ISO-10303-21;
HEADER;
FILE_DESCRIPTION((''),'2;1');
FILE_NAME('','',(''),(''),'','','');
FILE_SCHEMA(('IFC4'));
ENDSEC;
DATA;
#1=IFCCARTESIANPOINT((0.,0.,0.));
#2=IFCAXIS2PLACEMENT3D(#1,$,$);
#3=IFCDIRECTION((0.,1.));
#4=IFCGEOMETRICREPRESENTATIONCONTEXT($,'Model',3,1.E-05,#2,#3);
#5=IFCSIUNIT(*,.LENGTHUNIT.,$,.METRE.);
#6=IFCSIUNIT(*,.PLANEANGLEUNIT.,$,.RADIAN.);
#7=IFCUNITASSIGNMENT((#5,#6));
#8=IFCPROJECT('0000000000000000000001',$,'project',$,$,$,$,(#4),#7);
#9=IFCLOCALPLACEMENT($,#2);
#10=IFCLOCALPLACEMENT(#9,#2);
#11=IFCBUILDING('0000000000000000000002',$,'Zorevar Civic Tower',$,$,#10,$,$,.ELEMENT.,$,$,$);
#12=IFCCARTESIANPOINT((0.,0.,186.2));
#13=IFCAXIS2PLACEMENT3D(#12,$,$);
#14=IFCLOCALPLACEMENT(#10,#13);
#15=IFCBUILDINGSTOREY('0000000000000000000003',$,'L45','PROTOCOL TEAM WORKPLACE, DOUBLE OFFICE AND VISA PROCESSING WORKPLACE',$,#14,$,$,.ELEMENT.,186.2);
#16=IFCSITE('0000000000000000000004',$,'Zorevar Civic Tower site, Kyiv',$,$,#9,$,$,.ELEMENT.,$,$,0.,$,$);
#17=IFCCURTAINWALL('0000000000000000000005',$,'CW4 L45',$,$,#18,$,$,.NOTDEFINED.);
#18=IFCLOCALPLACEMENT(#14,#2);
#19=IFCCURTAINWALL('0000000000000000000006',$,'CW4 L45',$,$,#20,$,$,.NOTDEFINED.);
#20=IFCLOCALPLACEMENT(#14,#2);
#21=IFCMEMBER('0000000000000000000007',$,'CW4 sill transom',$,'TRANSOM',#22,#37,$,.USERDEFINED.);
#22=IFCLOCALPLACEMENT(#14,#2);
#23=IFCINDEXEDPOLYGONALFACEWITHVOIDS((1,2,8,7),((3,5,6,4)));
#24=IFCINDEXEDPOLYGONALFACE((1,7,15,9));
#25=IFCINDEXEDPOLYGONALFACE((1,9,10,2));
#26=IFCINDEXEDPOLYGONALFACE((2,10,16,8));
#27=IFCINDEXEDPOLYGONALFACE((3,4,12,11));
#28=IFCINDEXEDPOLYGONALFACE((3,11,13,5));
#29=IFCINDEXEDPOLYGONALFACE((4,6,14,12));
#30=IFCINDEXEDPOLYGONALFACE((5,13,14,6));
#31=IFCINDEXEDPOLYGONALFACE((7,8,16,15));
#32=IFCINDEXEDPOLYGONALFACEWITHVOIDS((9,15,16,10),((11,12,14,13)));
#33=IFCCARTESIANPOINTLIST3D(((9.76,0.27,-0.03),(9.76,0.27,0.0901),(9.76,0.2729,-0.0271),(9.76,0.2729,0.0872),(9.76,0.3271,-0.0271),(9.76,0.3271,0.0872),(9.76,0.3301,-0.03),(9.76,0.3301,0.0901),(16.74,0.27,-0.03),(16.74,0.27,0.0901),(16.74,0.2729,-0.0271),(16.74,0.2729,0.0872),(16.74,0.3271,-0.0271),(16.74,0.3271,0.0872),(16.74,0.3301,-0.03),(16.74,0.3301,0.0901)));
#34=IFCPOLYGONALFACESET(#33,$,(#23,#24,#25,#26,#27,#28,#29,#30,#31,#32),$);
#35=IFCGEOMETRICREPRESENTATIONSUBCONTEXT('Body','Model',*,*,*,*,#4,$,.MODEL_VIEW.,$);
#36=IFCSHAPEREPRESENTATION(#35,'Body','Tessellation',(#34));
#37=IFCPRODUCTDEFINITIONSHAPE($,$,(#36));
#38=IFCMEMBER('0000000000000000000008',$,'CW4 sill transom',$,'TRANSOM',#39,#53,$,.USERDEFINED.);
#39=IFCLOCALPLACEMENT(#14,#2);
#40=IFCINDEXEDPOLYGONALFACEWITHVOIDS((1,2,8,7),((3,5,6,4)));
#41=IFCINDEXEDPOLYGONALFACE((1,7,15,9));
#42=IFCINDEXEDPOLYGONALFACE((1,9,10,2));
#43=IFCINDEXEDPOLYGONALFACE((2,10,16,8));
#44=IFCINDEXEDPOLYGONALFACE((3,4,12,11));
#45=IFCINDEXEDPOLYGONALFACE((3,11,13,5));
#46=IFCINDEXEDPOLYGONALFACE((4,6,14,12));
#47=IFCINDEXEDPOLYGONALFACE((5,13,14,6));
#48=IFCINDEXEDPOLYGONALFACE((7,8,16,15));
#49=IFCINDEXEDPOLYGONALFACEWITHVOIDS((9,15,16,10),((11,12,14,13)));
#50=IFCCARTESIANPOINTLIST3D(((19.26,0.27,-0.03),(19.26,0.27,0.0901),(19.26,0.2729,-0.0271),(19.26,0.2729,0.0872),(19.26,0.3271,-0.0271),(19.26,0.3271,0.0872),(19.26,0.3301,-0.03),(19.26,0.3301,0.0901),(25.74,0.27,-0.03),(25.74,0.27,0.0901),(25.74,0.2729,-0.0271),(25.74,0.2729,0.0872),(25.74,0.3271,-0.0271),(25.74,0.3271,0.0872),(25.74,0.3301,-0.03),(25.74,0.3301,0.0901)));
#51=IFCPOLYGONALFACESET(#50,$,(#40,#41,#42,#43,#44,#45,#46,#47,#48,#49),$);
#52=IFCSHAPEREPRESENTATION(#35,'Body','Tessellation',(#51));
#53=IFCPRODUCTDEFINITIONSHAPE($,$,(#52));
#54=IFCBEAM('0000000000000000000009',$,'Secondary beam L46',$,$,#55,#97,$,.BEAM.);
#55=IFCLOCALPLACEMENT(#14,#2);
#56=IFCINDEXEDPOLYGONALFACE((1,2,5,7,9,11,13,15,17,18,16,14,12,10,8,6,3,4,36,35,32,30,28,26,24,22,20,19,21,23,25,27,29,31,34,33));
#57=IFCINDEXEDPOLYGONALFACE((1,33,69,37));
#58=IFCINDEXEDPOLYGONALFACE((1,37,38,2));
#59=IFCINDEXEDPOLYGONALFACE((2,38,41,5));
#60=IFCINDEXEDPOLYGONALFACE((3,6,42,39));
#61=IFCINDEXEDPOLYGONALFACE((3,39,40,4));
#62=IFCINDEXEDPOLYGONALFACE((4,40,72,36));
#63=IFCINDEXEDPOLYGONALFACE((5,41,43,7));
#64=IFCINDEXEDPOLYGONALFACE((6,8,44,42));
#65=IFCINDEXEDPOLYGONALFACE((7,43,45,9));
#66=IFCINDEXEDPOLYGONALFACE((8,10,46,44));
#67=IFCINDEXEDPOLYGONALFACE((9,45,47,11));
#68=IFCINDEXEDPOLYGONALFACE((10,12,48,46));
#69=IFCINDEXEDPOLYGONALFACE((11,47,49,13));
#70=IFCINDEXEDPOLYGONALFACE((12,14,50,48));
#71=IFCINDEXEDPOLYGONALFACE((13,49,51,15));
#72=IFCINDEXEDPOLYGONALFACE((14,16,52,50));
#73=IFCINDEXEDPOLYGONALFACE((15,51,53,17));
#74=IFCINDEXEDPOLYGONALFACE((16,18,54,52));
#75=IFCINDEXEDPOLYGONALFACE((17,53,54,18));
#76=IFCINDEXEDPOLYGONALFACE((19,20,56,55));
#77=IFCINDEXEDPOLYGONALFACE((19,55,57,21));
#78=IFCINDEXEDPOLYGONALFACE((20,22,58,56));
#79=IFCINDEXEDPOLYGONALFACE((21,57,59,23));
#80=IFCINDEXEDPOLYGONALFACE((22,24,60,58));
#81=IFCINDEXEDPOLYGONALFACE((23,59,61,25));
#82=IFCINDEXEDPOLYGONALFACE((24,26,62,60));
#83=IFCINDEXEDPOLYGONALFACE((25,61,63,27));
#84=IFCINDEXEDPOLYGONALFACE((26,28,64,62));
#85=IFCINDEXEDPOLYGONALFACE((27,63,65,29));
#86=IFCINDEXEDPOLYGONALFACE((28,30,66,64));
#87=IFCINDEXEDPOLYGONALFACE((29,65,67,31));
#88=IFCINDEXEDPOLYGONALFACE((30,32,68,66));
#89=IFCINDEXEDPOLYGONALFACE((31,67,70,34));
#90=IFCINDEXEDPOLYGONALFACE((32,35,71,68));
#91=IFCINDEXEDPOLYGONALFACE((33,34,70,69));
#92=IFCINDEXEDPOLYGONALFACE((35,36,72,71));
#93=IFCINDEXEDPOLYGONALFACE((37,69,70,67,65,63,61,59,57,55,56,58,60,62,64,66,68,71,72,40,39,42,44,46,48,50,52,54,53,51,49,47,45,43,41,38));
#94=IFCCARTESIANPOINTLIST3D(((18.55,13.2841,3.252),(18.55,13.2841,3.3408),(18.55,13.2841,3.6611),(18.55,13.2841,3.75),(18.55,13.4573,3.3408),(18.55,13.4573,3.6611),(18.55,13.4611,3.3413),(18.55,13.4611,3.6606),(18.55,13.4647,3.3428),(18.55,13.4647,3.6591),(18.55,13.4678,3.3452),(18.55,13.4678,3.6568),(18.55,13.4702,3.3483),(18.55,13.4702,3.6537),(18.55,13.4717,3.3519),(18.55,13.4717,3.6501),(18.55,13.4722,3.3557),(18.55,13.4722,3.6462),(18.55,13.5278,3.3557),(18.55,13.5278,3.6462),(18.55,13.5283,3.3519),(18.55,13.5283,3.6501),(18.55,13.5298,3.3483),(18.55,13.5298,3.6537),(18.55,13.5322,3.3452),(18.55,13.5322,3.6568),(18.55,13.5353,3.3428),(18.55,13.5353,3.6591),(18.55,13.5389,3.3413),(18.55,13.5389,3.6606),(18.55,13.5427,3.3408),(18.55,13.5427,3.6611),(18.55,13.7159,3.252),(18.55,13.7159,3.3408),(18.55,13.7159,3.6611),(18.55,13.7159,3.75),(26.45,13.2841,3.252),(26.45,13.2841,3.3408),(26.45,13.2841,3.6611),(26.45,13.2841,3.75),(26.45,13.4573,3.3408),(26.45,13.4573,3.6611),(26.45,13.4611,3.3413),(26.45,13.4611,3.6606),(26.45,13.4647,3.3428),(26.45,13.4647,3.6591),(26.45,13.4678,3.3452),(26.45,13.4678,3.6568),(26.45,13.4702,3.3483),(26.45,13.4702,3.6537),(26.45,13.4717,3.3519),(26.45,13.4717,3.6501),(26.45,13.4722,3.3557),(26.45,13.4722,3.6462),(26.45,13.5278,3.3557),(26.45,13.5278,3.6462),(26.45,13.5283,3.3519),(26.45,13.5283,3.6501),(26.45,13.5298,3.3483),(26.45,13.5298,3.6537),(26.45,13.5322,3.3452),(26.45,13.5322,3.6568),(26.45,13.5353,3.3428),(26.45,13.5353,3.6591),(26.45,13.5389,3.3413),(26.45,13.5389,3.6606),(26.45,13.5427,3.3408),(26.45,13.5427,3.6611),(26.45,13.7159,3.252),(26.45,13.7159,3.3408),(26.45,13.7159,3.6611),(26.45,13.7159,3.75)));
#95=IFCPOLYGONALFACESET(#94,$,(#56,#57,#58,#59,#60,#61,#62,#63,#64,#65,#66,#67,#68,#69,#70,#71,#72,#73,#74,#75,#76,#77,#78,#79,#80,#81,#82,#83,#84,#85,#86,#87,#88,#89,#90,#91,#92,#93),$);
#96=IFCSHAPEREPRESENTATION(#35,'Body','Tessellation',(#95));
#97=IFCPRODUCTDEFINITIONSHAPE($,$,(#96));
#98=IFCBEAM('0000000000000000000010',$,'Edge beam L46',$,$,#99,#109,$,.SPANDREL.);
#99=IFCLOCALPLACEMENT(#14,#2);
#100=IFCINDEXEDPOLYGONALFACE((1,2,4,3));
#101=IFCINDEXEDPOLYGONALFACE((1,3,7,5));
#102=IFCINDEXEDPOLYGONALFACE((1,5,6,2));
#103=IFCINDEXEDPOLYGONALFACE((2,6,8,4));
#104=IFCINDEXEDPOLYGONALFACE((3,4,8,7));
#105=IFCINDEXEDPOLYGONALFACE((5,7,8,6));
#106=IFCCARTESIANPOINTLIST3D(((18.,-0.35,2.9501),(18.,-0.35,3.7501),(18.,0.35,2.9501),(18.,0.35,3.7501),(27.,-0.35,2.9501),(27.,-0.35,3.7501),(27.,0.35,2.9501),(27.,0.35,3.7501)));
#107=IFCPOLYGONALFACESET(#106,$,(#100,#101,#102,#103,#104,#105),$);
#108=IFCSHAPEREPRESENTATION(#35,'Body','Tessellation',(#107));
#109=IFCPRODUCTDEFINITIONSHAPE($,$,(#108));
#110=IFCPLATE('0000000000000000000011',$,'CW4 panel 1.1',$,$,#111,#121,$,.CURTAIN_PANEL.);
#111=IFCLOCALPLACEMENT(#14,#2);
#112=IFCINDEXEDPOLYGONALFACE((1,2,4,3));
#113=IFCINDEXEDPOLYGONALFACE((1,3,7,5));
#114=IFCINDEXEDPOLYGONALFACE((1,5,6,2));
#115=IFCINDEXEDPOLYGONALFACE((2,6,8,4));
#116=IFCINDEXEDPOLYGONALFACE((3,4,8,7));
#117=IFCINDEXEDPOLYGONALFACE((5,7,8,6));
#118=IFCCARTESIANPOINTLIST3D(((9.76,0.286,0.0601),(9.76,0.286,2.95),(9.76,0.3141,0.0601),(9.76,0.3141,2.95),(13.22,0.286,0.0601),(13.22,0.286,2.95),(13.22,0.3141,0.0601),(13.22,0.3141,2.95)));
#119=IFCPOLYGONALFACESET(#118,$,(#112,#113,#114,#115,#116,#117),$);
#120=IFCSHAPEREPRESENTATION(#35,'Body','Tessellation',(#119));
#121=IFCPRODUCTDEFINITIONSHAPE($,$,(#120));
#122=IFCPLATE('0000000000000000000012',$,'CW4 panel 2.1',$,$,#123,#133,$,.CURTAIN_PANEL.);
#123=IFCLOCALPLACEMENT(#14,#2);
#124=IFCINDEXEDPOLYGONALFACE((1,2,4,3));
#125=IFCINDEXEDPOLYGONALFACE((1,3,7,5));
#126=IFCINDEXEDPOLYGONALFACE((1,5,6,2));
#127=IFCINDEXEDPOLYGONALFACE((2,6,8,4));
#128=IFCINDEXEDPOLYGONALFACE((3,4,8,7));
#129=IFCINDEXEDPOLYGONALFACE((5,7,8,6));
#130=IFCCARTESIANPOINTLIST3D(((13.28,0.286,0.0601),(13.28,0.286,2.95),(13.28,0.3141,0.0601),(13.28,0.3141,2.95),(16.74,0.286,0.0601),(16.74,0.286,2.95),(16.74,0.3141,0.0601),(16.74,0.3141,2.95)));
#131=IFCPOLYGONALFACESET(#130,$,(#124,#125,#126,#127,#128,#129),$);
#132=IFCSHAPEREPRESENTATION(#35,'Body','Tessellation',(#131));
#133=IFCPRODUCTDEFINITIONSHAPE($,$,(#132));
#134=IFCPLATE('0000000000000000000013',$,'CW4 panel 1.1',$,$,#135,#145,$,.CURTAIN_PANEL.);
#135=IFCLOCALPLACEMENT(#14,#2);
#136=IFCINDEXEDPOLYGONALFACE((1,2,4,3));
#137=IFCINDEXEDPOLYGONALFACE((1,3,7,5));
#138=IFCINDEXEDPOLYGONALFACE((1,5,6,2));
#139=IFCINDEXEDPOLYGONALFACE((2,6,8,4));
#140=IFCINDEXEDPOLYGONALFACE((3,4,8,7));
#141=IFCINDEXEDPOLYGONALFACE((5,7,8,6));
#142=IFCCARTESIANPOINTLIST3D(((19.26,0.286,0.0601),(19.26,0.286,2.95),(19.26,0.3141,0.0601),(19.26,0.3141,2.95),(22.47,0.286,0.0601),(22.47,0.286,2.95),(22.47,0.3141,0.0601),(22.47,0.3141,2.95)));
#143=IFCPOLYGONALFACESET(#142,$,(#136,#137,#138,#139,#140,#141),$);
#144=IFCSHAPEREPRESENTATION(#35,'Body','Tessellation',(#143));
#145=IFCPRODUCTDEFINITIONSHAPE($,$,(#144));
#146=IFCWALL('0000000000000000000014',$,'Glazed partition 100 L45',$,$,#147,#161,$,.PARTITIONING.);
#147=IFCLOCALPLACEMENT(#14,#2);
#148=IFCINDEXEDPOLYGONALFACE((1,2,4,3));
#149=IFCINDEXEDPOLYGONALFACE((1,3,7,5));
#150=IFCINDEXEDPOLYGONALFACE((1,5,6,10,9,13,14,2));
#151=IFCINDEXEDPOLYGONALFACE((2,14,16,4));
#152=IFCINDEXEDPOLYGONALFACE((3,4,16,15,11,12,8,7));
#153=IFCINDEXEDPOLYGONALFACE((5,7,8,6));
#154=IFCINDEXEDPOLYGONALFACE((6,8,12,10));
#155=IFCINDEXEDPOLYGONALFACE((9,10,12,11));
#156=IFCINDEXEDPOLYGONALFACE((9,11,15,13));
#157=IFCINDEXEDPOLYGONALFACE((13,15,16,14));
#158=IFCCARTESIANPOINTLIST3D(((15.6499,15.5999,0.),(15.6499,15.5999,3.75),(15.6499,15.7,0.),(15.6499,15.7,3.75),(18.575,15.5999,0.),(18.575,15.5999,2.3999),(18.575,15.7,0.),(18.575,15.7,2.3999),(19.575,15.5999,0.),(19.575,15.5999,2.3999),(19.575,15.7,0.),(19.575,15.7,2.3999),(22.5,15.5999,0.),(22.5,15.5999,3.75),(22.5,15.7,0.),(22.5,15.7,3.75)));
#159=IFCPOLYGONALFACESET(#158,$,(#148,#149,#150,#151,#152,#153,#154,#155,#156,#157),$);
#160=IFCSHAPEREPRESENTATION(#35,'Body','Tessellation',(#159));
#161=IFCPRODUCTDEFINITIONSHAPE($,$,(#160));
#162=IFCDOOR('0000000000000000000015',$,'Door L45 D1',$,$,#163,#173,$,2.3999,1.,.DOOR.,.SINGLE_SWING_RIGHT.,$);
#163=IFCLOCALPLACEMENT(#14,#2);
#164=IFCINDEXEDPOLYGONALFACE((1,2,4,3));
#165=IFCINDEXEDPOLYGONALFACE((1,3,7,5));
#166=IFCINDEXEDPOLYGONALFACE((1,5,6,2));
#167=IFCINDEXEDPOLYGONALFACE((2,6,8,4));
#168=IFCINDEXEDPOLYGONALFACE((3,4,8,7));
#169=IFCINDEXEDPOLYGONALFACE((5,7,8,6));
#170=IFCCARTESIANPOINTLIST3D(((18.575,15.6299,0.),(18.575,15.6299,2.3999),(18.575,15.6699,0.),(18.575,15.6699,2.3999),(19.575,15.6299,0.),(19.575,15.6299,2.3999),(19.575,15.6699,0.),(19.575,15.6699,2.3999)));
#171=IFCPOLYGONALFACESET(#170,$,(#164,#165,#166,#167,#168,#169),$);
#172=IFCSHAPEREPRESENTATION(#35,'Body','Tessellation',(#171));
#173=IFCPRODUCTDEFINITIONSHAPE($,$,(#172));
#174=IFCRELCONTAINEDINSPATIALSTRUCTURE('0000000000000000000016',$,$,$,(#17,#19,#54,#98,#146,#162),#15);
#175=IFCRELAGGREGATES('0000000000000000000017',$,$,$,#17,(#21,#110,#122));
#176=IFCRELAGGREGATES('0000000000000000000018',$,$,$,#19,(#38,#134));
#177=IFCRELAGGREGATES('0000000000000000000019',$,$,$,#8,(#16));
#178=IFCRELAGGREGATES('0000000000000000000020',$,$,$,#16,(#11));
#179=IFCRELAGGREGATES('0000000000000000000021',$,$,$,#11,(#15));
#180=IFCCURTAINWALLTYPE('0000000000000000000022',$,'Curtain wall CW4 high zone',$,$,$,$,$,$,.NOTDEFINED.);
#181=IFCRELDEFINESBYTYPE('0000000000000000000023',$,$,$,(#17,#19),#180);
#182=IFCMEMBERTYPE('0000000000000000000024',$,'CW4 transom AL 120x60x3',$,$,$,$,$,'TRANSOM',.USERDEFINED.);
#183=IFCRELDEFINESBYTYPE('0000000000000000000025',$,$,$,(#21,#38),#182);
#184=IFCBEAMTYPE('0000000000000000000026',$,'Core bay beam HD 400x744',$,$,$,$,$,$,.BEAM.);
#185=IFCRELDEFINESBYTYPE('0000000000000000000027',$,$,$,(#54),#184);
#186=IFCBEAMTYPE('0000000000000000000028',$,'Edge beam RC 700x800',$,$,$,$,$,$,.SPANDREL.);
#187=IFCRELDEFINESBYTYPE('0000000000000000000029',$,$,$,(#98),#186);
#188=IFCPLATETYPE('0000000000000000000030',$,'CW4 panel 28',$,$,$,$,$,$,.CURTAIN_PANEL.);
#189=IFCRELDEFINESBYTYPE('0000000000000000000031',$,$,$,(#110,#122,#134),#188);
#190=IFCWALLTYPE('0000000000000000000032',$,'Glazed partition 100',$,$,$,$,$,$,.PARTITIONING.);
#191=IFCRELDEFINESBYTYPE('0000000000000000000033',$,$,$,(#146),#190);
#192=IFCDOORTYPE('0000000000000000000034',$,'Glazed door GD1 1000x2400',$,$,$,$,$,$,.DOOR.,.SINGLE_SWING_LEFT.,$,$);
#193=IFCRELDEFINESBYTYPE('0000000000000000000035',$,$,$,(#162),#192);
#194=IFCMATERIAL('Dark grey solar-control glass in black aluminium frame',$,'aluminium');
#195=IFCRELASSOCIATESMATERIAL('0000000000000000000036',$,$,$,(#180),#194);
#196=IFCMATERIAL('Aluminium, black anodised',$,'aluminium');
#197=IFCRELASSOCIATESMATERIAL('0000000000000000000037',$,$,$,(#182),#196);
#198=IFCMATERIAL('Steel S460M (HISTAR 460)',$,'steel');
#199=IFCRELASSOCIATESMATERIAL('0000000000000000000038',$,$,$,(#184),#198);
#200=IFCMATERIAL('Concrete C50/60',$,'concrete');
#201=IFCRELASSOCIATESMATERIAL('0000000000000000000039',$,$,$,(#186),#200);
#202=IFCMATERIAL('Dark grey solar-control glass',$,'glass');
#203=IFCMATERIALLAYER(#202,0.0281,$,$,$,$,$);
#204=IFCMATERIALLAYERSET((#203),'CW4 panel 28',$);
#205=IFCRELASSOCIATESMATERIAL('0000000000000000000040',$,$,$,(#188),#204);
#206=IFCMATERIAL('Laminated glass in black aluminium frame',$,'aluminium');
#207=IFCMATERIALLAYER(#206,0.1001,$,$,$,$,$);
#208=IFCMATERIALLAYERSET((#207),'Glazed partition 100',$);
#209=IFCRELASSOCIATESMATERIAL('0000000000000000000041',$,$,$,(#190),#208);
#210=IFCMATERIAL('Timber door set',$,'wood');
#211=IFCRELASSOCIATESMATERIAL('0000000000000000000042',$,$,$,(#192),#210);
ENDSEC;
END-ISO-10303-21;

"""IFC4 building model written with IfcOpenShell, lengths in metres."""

from ifc_helpers import new_model, si_unit, direction, frame, frame_2d, origin, origin_2d, place, context, subcontext, project, spatial, rectangle, hollow_rectangle, i_section, extrude, material, layer, layer_set, material_profile, profile_set, type_object, element, fill, aggregate, save


model = new_model("IFC4")

# Units and contexts
model_context = context("Model", 3, precision=1e-05, world=origin(), true_north=direction((0.0, 1.0)))
body_context = subcontext(model_context, "Body", "Model", "MODEL_VIEW")
ifc_project = project(units=[si_unit("LENGTHUNIT", "METRE"), si_unit("PLANEANGLEUNIT", "RADIAN")], contexts=[model_context])

# Site, building, storey
site_placement = place(None, origin())
site = spatial("IfcSite", under=ifc_project, at=site_placement, Name="Zorevar Civic Tower site, Kyiv", CompositionType="ELEMENT", RefElevation=0.0)
building_placement = place(site_placement, origin())
building = spatial("IfcBuilding", under=site, at=building_placement, Name="Zorevar Civic Tower", CompositionType="ELEMENT")
storey_placement = place(building_placement, frame((0.0, 0.0, 186.2)))
storey = spatial("IfcBuildingStorey", under=building, at=storey_placement, Name="L45", Description="PROTOCOL TEAM WORKPLACE, DOUBLE OFFICE AND VISA PROCESSING WORKPLACE", CompositionType="ELEMENT", Elevation=186.2)

# Curtain wall
ifc_material_1 = material(Name="Dark grey solar-control glass in black aluminium frame", Category="aluminium")
curtain_wall_type = type_object("IfcCurtainWallType", Name="Curtain wall CW4 high zone", PredefinedType="NOTDEFINED", material=ifc_material_1)
curtain_wall_1_placement = place(storey_placement, origin())
curtain_wall_1 = element("IfcCurtainWall", 1, at=curtain_wall_1_placement, inside=storey, type_object=curtain_wall_type, Name="CW4 L45", PredefinedType="NOTDEFINED")

# Curtain wall
curtain_wall_2_placement = place(storey_placement, origin())
curtain_wall_2 = element("IfcCurtainWall", 2, at=curtain_wall_2_placement, inside=storey, type_object=curtain_wall_type, Name="CW4 L45", PredefinedType="NOTDEFINED")

# Members
ifc_material_2 = material(Name="Aluminium, black anodised", Category="aluminium")
ifc_material_profile_1 = material_profile(ifc_material_2, hollow_rectangle(XDim=0.0601, YDim=0.1201, WallThickness=0.0029, at=origin_2d()), Name="AL 120x60x3")
ifc_profile_set_1 = profile_set([ifc_material_profile_1], Name="Aluminium, black anodised")
member_type_1 = type_object("IfcMemberType", Name="CW4 transom AL 120x60x3", ElementType="TRANSOM", PredefinedType="USERDEFINED", material=ifc_profile_set_1)
member_1_placement = place(storey_placement, frame((9.76, 0.3, 0.03), z_axis=(1.0, 0.0, 0.0), x_axis=(0.0, 1.0, 0.0)))
member_1 = element("IfcMember", 3, at=member_1_placement, type_object=member_type_1, Name="CW4 sill transom", ObjectType="TRANSOM", PredefinedType="USERDEFINED", context=body_context, shape_type="SweptSolid", body=[
    extrude(hollow_rectangle(XDim=0.0601, YDim=0.1201, WallThickness=0.0029, at=origin_2d()), origin(), (0.0, 0.0, 1.0), 6.98),
])
member_2_placement = place(storey_placement, frame((19.26, 0.3, 0.03), z_axis=(1.0, 0.0, 0.0), x_axis=(0.0, 1.0, 0.0)))
member_2 = element("IfcMember", 4, at=member_2_placement, type_object=member_type_1, Name="CW4 sill transom", ObjectType="TRANSOM", PredefinedType="USERDEFINED", context=body_context, shape_type="SweptSolid", body=[
    extrude(hollow_rectangle(XDim=0.0601, YDim=0.1201, WallThickness=0.0029, at=origin_2d()), origin(), (0.0, 0.0, 1.0), 6.48),
])

# Beams
ifc_material_3 = material(Name="Steel S460M (HISTAR 460)", Category="steel")
ifc_material_profile_2 = material_profile(ifc_material_3, i_section(OverallWidth=0.4319, OverallDepth=0.498, WebThickness=0.0557, FlangeThickness=0.0889, FilletRadius=0.0149, at=origin_2d()), Name="HD 400x744")
ifc_profile_set_2 = profile_set([ifc_material_profile_2], Name="Steel S460M (HISTAR 460)")
beam_type_1 = type_object("IfcBeamType", Name="Core bay beam HD 400x744", PredefinedType="BEAM", material=ifc_profile_set_2)
beam_1_placement = place(storey_placement, frame((18.55, 13.5, 3.501), z_axis=(1.0, 0.0, 0.0), x_axis=(0.0, 1.0, 0.0)))
element("IfcBeam", 5, at=beam_1_placement, inside=storey, type_object=beam_type_1, Name="Secondary beam L46", PredefinedType="BEAM", context=body_context, shape_type="SweptSolid", body=[
    extrude(i_section(OverallWidth=0.4319, OverallDepth=0.498, WebThickness=0.0557, FlangeThickness=0.0889, FilletRadius=0.0149, at=origin_2d()), origin(), (0.0, 0.0, 1.0), 7.8999),
])
ifc_material_4 = material(Name="Concrete C50/60", Category="concrete")
ifc_material_profile_3 = material_profile(ifc_material_4, rectangle(XDim=0.7, YDim=0.8, at=origin_2d()), Name="RC 700x800")
ifc_profile_set_3 = profile_set([ifc_material_profile_3], Name="Concrete C50/60")
beam_type_2 = type_object("IfcBeamType", Name="Edge beam RC 700x800", PredefinedType="SPANDREL", material=ifc_profile_set_3)
beam_2_placement = place(storey_placement, frame((18.0, 0.0, 3.3501), z_axis=(1.0, 0.0, 0.0), x_axis=(0.0, 1.0, 0.0)))
element("IfcBeam", 6, at=beam_2_placement, inside=storey, type_object=beam_type_2, Name="Edge beam L46", PredefinedType="SPANDREL", context=body_context, shape_type="SweptSolid", body=[
    extrude(rectangle(XDim=0.7, YDim=0.8, at=origin_2d()), origin(), (0.0, 0.0, 1.0), 9.0),
])

# Plates
ifc_material_5 = material(Name="Dark grey solar-control glass", Category="glass")
ifc_layer_1 = layer(ifc_material_5, 0.0281)
ifc_layer_set_1 = layer_set([ifc_layer_1], Name="CW4 panel 28")
plate_type = type_object("IfcPlateType", Name="CW4 panel 28", PredefinedType="CURTAIN_PANEL", material=ifc_layer_set_1)
plate_1_placement = place(storey_placement, frame((11.49, 0.3, 0.0601), z_axis=(0.0, 0.0, 1.0), x_axis=(1.0, 0.0, 0.0)))
plate_1 = element("IfcPlate", 7, at=plate_1_placement, type_object=plate_type, Name="CW4 panel 1.1", PredefinedType="CURTAIN_PANEL", context=body_context, shape_type="SweptSolid", body=[
    extrude(rectangle(XDim=3.46, YDim=0.0281, at=origin_2d()), origin(), (0.0, 0.0, 1.0), 2.8899),
])
plate_2_placement = place(storey_placement, frame((15.01, 0.3, 0.0601), z_axis=(0.0, 0.0, 1.0), x_axis=(1.0, 0.0, 0.0)))
plate_2 = element("IfcPlate", 8, at=plate_2_placement, type_object=plate_type, Name="CW4 panel 2.1", PredefinedType="CURTAIN_PANEL", context=body_context, shape_type="SweptSolid", body=[
    extrude(rectangle(XDim=3.46, YDim=0.0281, at=origin_2d()), origin(), (0.0, 0.0, 1.0), 2.8899),
])
aggregate(curtain_wall_1, [member_1, plate_1, plate_2])
plate_3_placement = place(storey_placement, frame((20.865, 0.3, 0.0601), z_axis=(0.0, 0.0, 1.0), x_axis=(1.0, 0.0, 0.0)))
plate_3 = element("IfcPlate", 9, at=plate_3_placement, type_object=plate_type, Name="CW4 panel 1.1", PredefinedType="CURTAIN_PANEL", context=body_context, shape_type="SweptSolid", body=[
    extrude(rectangle(XDim=3.21, YDim=0.0281, at=origin_2d()), origin(), (0.0, 0.0, 1.0), 2.8899),
])
aggregate(curtain_wall_2, [member_2, plate_3])

# Wall, opening, door
ifc_material_6 = material(Name="Laminated glass in black aluminium frame", Category="aluminium")
ifc_layer_2 = layer(ifc_material_6, 0.1001)
ifc_layer_set_2 = layer_set([ifc_layer_2], Name="Glazed partition 100")
wall_type_1 = type_object("IfcWallType", Name="Glazed partition 100", PredefinedType="PARTITIONING", material=ifc_layer_set_2)
wall_1_placement = place(storey_placement, frame((15.6499, 15.6499, 0.0), z_axis=(0.0, 0.0, 1.0), x_axis=(1.0, 0.0, 0.0)))
wall_1 = element("IfcWall", 10, at=wall_1_placement, inside=storey, type_object=wall_type_1, Name="Glazed partition 100 L45", PredefinedType="PARTITIONING", context=body_context, shape_type="SweptSolid", body=[
    extrude(rectangle(XDim=6.8501, YDim=0.1001, at=frame_2d((3.425, 0.0))), origin(), (0.0, 0.0, 1.0), 3.75),
])
opening_1_placement = place(wall_1_placement, frame((2.925, 0.0, 0.0)))
opening_1 = element("IfcOpeningElement", 11, at=opening_1_placement, cuts=wall_1, PredefinedType="OPENING", context=body_context, shape_type="SweptSolid", body=[
    extrude(rectangle(XDim=1.0, YDim=2.3999, at=frame_2d((0.5, 1.2))), frame((0.0, 0.0601, 0.0), z_axis=(0.0, -1.0, 0.0), x_axis=(1.0, 0.0, 0.0)), (0.0, 0.0, 1.0), 0.1201),
])
ifc_material_7 = material(Name="Timber door set", Category="wood")
door_type_1 = type_object("IfcDoorType", Name="Glazed door GD1 1000x2400", OperationType="SINGLE_SWING_LEFT", PredefinedType="DOOR", material=ifc_material_7)
door_1_placement = place(opening_1_placement, origin())
door_1 = element("IfcDoor", 12, at=door_1_placement, inside=storey, type_object=door_type_1, Name="Door L45 D1", OperationType="SINGLE_SWING_RIGHT", OverallHeight=2.3999, OverallWidth=1.0, PredefinedType="DOOR", context=body_context, shape_type="SweptSolid", body=[
    extrude(rectangle(XDim=1.0, YDim=2.3999, at=frame_2d((0.5, 1.2))), frame((0.0, 0.02, 0.0), z_axis=(0.0, -1.0, 0.0), x_axis=(1.0, 0.0, 0.0)), (0.0, 0.0, 1.0), 0.04),
])
fill(opening_1, door_1)

save(model, "model.ifc")
